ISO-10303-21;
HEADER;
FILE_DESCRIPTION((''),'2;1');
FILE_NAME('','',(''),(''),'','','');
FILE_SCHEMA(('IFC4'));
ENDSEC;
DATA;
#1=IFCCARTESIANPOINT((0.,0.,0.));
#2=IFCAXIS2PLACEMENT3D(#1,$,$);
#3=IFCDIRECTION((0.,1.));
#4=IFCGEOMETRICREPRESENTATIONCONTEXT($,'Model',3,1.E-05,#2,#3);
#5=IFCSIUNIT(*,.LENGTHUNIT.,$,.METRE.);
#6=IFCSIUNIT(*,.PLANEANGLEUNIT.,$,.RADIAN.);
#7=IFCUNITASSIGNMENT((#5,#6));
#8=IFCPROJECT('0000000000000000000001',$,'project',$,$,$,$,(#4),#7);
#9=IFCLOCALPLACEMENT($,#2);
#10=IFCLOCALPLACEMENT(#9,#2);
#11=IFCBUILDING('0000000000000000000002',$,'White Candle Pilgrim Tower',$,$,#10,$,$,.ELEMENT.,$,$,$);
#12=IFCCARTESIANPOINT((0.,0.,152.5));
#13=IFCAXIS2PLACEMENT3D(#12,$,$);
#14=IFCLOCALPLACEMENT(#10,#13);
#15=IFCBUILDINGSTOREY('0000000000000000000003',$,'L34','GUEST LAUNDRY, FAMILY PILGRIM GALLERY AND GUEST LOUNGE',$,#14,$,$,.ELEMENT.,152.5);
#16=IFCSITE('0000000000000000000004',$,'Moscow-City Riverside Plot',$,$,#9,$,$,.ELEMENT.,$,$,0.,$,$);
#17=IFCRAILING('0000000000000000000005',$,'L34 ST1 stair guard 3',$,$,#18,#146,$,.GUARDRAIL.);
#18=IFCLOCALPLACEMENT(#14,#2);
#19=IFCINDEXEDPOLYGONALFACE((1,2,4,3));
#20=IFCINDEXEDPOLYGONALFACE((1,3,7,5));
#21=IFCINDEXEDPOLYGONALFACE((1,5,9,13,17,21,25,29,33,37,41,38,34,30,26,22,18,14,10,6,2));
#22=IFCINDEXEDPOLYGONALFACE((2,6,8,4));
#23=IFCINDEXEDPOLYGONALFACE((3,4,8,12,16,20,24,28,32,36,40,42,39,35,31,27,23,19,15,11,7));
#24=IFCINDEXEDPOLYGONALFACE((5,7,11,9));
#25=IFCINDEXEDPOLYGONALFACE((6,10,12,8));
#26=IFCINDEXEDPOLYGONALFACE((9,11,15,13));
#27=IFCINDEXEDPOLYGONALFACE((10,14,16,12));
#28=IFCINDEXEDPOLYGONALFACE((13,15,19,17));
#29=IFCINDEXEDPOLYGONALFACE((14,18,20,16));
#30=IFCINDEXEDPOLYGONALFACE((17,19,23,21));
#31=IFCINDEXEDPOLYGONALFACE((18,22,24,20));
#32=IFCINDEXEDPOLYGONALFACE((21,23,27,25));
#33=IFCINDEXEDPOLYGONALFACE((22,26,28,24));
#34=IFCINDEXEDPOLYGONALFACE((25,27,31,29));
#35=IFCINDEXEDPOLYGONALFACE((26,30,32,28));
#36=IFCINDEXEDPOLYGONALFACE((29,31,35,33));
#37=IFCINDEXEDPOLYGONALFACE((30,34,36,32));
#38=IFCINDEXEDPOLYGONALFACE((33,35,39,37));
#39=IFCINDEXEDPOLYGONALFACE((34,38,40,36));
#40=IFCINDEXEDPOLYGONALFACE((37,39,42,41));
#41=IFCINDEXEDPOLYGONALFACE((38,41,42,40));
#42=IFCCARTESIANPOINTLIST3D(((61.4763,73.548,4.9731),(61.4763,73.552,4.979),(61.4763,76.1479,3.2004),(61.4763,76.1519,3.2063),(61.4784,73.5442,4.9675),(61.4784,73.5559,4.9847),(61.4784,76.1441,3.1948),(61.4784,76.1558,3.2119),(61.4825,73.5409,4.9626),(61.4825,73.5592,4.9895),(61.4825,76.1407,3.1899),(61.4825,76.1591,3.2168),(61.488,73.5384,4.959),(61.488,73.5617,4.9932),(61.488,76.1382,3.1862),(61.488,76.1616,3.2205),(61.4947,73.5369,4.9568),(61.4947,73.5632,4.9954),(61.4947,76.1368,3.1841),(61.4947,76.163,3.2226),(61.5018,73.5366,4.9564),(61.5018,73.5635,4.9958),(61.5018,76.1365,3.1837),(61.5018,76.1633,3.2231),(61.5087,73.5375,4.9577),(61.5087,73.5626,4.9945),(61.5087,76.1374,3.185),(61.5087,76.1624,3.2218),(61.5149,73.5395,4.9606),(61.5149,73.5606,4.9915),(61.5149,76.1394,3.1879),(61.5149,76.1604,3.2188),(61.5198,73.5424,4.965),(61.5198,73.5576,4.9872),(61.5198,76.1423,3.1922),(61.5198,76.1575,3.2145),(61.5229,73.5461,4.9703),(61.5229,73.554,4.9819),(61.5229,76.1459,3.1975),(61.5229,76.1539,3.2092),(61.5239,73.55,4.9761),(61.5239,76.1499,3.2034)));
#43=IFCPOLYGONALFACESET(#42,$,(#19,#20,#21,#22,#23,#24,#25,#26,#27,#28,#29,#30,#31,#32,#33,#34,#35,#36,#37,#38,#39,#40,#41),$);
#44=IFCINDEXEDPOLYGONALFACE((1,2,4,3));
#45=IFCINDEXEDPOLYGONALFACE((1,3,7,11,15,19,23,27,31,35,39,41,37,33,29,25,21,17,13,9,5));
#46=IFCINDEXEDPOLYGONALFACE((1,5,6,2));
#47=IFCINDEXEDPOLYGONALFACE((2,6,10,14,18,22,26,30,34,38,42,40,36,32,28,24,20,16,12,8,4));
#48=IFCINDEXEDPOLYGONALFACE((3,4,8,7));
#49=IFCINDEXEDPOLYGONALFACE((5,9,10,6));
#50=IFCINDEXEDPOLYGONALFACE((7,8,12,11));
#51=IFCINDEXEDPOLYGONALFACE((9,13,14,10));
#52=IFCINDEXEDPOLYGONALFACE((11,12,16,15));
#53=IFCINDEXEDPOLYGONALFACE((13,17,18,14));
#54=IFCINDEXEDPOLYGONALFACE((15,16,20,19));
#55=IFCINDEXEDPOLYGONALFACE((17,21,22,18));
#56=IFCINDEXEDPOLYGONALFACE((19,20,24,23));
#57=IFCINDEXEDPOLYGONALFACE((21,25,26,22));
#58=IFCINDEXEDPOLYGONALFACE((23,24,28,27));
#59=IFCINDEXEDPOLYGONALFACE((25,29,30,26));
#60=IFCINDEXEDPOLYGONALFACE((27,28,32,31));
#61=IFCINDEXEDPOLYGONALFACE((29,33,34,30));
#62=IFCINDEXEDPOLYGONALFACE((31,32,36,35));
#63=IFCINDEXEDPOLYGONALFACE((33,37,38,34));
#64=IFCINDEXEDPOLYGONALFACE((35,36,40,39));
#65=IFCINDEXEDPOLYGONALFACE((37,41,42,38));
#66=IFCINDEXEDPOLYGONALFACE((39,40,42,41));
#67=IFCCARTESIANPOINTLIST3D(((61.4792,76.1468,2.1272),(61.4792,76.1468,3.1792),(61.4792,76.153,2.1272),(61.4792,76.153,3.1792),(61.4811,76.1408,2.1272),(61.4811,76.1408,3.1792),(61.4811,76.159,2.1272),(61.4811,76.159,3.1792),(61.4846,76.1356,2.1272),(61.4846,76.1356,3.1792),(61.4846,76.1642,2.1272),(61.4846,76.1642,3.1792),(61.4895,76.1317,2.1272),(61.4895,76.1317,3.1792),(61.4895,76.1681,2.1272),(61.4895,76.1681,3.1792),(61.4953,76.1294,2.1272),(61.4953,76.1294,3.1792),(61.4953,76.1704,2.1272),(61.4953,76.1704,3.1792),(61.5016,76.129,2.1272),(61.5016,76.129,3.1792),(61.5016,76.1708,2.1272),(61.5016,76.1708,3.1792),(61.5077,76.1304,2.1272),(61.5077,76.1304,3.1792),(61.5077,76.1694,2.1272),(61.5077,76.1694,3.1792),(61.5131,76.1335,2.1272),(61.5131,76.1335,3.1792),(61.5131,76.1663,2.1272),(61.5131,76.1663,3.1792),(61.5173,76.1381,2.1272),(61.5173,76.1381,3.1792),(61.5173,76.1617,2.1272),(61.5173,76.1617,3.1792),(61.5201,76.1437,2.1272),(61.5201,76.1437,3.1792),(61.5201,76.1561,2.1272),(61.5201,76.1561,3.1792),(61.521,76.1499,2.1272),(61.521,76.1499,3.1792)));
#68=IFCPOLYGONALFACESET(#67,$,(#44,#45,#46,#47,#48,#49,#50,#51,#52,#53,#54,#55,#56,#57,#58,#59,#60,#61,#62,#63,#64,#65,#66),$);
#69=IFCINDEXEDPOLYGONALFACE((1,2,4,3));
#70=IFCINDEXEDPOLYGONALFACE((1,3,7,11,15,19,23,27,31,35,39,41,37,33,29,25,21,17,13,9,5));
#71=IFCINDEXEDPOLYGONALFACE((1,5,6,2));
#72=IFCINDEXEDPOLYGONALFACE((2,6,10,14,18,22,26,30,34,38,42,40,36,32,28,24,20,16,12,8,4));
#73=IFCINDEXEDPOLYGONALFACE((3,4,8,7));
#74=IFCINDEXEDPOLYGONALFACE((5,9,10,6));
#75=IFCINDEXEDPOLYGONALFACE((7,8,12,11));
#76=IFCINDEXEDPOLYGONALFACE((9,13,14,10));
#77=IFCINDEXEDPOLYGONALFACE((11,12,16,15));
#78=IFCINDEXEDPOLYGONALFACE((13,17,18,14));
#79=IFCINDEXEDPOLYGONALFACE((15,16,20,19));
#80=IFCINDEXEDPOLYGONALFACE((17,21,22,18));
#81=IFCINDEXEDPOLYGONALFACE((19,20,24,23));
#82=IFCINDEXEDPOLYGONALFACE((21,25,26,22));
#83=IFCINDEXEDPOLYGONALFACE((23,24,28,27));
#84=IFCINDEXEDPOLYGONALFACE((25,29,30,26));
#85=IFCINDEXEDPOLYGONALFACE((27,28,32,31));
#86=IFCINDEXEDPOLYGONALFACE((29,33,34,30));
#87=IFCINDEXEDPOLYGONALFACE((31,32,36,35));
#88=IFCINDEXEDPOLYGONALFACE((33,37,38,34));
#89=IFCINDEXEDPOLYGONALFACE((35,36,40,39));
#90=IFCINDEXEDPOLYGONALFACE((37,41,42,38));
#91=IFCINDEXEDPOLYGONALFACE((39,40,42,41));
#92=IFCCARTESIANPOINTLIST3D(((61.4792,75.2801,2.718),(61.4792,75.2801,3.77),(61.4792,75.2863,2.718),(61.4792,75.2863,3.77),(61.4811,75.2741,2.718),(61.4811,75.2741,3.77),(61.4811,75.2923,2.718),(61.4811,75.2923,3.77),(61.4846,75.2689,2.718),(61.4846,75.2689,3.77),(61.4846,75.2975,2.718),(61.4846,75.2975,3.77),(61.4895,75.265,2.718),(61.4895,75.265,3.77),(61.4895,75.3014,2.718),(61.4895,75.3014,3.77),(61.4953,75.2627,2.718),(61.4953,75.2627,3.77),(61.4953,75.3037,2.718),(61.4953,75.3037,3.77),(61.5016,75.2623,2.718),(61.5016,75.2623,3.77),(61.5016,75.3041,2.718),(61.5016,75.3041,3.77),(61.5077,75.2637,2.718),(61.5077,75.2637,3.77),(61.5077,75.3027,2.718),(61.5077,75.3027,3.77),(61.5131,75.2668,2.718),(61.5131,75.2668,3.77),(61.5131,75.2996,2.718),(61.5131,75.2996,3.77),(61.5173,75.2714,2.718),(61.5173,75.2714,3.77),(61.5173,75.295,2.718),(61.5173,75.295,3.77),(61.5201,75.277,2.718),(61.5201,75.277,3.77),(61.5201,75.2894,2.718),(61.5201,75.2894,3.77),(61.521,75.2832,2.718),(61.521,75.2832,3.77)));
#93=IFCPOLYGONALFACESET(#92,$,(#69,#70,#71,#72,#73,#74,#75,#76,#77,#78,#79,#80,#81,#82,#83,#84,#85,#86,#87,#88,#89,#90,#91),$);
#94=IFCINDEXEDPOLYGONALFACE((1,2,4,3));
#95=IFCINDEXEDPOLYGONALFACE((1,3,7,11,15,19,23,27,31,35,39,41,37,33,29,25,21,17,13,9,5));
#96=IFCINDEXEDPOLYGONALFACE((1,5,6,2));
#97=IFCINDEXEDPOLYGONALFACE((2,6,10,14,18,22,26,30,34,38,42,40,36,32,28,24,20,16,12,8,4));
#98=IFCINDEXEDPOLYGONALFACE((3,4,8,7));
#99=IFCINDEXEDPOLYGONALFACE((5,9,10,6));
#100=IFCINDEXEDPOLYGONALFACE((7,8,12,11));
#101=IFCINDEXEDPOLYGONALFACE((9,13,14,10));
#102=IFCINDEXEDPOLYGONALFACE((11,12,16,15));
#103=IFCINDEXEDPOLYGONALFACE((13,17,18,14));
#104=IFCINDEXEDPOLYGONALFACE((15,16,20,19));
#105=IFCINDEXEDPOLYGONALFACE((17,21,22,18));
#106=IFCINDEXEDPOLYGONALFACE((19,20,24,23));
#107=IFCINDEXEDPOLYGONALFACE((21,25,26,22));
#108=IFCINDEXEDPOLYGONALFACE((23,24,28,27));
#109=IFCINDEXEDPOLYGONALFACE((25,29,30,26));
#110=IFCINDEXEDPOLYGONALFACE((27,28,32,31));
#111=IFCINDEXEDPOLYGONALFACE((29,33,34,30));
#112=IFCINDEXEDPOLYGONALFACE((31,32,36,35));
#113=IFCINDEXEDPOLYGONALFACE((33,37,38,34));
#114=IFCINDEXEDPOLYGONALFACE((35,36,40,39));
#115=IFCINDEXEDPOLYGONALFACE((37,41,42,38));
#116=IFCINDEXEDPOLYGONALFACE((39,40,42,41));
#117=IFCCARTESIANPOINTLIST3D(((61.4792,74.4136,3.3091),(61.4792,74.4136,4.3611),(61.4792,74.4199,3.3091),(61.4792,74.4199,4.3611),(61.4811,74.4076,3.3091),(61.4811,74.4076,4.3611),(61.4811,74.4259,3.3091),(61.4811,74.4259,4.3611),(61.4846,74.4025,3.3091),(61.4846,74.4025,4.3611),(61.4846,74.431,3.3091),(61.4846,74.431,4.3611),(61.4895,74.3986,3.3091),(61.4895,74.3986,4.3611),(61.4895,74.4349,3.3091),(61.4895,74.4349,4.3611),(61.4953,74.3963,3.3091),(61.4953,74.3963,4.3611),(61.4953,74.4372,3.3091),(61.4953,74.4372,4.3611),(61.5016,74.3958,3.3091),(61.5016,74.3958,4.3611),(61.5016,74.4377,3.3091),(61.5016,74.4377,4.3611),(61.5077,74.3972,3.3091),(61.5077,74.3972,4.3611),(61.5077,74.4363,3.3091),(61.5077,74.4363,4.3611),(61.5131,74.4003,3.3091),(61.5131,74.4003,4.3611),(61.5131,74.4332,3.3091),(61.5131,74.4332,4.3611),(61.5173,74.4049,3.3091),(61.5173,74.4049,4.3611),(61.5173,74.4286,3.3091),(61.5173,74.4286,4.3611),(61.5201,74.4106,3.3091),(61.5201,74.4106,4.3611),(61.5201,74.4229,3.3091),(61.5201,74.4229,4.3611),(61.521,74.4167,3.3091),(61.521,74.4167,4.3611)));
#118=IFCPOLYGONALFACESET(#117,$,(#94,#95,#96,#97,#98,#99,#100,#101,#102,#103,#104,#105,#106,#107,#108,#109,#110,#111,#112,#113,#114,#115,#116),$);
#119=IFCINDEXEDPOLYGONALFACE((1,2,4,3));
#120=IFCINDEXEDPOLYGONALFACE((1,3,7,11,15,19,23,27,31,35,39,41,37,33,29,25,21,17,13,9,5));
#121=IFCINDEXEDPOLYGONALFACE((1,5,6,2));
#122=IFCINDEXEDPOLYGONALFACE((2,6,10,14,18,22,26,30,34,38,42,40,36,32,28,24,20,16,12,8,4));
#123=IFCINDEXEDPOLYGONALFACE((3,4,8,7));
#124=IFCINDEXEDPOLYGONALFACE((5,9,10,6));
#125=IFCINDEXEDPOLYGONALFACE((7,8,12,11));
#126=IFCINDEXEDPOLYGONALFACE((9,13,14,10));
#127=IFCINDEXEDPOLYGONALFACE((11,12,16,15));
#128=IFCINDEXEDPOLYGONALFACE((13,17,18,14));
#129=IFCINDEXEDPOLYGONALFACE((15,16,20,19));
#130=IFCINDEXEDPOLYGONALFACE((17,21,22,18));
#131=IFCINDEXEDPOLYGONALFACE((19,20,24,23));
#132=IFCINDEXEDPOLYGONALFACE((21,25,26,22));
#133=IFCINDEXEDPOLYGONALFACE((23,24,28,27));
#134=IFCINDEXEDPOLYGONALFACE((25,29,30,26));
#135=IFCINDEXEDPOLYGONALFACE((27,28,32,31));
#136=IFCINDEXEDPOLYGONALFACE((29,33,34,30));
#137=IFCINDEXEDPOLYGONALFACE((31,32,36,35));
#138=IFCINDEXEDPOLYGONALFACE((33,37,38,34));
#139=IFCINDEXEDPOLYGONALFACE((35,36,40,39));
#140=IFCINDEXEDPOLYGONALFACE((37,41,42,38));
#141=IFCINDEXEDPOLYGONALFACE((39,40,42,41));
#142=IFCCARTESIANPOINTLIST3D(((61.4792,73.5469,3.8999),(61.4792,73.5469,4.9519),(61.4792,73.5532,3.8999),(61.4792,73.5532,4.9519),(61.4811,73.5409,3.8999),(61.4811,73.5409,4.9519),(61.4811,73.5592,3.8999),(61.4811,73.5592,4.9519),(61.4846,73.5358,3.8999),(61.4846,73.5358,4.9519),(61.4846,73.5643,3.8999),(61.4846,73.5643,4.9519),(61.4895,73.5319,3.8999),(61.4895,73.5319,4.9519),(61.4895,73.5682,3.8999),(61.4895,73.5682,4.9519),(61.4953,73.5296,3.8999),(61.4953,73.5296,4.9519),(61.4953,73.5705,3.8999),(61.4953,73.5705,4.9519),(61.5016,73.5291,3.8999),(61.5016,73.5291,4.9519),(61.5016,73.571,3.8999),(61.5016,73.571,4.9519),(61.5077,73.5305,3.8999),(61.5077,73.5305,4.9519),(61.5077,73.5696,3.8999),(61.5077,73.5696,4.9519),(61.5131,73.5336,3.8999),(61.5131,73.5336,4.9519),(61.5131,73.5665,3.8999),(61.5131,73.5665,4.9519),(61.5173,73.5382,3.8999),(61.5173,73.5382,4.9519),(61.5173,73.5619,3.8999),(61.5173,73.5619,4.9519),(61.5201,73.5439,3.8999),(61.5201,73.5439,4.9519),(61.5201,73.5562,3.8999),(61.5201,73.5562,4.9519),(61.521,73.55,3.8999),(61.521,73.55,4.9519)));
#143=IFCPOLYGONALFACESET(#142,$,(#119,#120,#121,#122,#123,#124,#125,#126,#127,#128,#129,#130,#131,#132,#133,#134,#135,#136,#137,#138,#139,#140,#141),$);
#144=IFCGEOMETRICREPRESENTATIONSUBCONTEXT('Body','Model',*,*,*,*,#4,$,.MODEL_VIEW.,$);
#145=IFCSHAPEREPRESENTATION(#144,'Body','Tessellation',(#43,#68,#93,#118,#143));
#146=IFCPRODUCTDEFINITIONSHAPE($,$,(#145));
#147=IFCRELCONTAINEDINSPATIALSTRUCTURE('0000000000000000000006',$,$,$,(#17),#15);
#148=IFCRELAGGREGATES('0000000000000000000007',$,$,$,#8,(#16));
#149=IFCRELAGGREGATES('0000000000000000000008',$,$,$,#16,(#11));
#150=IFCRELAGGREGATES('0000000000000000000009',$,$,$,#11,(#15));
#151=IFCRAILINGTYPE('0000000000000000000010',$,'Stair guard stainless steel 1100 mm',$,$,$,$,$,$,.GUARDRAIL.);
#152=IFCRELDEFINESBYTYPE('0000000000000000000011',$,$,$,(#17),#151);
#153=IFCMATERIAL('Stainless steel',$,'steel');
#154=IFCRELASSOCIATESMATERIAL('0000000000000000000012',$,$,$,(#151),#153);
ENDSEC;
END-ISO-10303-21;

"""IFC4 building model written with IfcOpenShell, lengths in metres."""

from ifc_helpers import new_model, si_unit, direction, frame, origin, origin_2d, place, context, subcontext, project, spatial, circle, extrude, material, type_object, element, save


model = new_model("IFC4")

# Units and contexts
model_context = context("Model", 3, precision=1e-05, world=origin(), true_north=direction((0.0, 1.0)))
body_context = subcontext(model_context, "Body", "Model", "MODEL_VIEW")
ifc_project = project(units=[si_unit("LENGTHUNIT", "METRE"), si_unit("PLANEANGLEUNIT", "RADIAN")], contexts=[model_context])

# Site, building, storey
site_placement = place(None, origin())
site = spatial("IfcSite", under=ifc_project, at=site_placement, Name="Moscow-City Riverside Plot", CompositionType="ELEMENT", RefElevation=0.0)
building_placement = place(site_placement, origin())
building = spatial("IfcBuilding", under=site, at=building_placement, Name="White Candle Pilgrim Tower", CompositionType="ELEMENT")
storey_placement = place(building_placement, frame((0.0, 0.0, 152.5)))
storey = spatial("IfcBuildingStorey", under=building, at=storey_placement, Name="L34", Description="GUEST LAUNDRY, FAMILY PILGRIM GALLERY AND GUEST LOUNGE", CompositionType="ELEMENT", Elevation=152.5)

# Shared definitions
ifc_material_1 = material(Name="Stainless steel", Category="steel")

# Railing
railing_type_1 = type_object("IfcRailingType", Name="Stair guard stainless steel 1100 mm", PredefinedType="GUARDRAIL", material=ifc_material_1)
railing_1_placement = place(storey_placement, frame((61.5, 76.1499, 2.1272)))
element("IfcRailing", 1, at=railing_1_placement, inside=storey, type_object=railing_type_1, Name="L34 ST1 stair guard 3", PredefinedType="GUARDRAIL", context=body_context, shape_type="SweptSolid", body=[
    extrude(circle(Radius=0.0239, at=origin_2d()), frame((0.0, 0.0, 1.0762), z_axis=(0.0, -0.826216, 0.563354), x_axis=(1.0, 0.0, 0.0)), (0.0, 0.0, 1.0), 3.1467),
    extrude(circle(Radius=0.021, at=origin_2d()), origin(), (0.0, 0.0, 1.0), 1.052),
    extrude(circle(Radius=0.021, at=origin_2d()), frame((0.0, -0.8667, 0.5908)), (0.0, 0.0, 1.0), 1.052),
    extrude(circle(Radius=0.021, at=origin_2d()), frame((0.0, -1.7332, 1.1819)), (0.0, 0.0, 1.0), 1.052),
    extrude(circle(Radius=0.021, at=origin_2d()), frame((0.0, -2.5999, 1.7727)), (0.0, 0.0, 1.0), 1.052),
])

save(model, "model.ifc")
